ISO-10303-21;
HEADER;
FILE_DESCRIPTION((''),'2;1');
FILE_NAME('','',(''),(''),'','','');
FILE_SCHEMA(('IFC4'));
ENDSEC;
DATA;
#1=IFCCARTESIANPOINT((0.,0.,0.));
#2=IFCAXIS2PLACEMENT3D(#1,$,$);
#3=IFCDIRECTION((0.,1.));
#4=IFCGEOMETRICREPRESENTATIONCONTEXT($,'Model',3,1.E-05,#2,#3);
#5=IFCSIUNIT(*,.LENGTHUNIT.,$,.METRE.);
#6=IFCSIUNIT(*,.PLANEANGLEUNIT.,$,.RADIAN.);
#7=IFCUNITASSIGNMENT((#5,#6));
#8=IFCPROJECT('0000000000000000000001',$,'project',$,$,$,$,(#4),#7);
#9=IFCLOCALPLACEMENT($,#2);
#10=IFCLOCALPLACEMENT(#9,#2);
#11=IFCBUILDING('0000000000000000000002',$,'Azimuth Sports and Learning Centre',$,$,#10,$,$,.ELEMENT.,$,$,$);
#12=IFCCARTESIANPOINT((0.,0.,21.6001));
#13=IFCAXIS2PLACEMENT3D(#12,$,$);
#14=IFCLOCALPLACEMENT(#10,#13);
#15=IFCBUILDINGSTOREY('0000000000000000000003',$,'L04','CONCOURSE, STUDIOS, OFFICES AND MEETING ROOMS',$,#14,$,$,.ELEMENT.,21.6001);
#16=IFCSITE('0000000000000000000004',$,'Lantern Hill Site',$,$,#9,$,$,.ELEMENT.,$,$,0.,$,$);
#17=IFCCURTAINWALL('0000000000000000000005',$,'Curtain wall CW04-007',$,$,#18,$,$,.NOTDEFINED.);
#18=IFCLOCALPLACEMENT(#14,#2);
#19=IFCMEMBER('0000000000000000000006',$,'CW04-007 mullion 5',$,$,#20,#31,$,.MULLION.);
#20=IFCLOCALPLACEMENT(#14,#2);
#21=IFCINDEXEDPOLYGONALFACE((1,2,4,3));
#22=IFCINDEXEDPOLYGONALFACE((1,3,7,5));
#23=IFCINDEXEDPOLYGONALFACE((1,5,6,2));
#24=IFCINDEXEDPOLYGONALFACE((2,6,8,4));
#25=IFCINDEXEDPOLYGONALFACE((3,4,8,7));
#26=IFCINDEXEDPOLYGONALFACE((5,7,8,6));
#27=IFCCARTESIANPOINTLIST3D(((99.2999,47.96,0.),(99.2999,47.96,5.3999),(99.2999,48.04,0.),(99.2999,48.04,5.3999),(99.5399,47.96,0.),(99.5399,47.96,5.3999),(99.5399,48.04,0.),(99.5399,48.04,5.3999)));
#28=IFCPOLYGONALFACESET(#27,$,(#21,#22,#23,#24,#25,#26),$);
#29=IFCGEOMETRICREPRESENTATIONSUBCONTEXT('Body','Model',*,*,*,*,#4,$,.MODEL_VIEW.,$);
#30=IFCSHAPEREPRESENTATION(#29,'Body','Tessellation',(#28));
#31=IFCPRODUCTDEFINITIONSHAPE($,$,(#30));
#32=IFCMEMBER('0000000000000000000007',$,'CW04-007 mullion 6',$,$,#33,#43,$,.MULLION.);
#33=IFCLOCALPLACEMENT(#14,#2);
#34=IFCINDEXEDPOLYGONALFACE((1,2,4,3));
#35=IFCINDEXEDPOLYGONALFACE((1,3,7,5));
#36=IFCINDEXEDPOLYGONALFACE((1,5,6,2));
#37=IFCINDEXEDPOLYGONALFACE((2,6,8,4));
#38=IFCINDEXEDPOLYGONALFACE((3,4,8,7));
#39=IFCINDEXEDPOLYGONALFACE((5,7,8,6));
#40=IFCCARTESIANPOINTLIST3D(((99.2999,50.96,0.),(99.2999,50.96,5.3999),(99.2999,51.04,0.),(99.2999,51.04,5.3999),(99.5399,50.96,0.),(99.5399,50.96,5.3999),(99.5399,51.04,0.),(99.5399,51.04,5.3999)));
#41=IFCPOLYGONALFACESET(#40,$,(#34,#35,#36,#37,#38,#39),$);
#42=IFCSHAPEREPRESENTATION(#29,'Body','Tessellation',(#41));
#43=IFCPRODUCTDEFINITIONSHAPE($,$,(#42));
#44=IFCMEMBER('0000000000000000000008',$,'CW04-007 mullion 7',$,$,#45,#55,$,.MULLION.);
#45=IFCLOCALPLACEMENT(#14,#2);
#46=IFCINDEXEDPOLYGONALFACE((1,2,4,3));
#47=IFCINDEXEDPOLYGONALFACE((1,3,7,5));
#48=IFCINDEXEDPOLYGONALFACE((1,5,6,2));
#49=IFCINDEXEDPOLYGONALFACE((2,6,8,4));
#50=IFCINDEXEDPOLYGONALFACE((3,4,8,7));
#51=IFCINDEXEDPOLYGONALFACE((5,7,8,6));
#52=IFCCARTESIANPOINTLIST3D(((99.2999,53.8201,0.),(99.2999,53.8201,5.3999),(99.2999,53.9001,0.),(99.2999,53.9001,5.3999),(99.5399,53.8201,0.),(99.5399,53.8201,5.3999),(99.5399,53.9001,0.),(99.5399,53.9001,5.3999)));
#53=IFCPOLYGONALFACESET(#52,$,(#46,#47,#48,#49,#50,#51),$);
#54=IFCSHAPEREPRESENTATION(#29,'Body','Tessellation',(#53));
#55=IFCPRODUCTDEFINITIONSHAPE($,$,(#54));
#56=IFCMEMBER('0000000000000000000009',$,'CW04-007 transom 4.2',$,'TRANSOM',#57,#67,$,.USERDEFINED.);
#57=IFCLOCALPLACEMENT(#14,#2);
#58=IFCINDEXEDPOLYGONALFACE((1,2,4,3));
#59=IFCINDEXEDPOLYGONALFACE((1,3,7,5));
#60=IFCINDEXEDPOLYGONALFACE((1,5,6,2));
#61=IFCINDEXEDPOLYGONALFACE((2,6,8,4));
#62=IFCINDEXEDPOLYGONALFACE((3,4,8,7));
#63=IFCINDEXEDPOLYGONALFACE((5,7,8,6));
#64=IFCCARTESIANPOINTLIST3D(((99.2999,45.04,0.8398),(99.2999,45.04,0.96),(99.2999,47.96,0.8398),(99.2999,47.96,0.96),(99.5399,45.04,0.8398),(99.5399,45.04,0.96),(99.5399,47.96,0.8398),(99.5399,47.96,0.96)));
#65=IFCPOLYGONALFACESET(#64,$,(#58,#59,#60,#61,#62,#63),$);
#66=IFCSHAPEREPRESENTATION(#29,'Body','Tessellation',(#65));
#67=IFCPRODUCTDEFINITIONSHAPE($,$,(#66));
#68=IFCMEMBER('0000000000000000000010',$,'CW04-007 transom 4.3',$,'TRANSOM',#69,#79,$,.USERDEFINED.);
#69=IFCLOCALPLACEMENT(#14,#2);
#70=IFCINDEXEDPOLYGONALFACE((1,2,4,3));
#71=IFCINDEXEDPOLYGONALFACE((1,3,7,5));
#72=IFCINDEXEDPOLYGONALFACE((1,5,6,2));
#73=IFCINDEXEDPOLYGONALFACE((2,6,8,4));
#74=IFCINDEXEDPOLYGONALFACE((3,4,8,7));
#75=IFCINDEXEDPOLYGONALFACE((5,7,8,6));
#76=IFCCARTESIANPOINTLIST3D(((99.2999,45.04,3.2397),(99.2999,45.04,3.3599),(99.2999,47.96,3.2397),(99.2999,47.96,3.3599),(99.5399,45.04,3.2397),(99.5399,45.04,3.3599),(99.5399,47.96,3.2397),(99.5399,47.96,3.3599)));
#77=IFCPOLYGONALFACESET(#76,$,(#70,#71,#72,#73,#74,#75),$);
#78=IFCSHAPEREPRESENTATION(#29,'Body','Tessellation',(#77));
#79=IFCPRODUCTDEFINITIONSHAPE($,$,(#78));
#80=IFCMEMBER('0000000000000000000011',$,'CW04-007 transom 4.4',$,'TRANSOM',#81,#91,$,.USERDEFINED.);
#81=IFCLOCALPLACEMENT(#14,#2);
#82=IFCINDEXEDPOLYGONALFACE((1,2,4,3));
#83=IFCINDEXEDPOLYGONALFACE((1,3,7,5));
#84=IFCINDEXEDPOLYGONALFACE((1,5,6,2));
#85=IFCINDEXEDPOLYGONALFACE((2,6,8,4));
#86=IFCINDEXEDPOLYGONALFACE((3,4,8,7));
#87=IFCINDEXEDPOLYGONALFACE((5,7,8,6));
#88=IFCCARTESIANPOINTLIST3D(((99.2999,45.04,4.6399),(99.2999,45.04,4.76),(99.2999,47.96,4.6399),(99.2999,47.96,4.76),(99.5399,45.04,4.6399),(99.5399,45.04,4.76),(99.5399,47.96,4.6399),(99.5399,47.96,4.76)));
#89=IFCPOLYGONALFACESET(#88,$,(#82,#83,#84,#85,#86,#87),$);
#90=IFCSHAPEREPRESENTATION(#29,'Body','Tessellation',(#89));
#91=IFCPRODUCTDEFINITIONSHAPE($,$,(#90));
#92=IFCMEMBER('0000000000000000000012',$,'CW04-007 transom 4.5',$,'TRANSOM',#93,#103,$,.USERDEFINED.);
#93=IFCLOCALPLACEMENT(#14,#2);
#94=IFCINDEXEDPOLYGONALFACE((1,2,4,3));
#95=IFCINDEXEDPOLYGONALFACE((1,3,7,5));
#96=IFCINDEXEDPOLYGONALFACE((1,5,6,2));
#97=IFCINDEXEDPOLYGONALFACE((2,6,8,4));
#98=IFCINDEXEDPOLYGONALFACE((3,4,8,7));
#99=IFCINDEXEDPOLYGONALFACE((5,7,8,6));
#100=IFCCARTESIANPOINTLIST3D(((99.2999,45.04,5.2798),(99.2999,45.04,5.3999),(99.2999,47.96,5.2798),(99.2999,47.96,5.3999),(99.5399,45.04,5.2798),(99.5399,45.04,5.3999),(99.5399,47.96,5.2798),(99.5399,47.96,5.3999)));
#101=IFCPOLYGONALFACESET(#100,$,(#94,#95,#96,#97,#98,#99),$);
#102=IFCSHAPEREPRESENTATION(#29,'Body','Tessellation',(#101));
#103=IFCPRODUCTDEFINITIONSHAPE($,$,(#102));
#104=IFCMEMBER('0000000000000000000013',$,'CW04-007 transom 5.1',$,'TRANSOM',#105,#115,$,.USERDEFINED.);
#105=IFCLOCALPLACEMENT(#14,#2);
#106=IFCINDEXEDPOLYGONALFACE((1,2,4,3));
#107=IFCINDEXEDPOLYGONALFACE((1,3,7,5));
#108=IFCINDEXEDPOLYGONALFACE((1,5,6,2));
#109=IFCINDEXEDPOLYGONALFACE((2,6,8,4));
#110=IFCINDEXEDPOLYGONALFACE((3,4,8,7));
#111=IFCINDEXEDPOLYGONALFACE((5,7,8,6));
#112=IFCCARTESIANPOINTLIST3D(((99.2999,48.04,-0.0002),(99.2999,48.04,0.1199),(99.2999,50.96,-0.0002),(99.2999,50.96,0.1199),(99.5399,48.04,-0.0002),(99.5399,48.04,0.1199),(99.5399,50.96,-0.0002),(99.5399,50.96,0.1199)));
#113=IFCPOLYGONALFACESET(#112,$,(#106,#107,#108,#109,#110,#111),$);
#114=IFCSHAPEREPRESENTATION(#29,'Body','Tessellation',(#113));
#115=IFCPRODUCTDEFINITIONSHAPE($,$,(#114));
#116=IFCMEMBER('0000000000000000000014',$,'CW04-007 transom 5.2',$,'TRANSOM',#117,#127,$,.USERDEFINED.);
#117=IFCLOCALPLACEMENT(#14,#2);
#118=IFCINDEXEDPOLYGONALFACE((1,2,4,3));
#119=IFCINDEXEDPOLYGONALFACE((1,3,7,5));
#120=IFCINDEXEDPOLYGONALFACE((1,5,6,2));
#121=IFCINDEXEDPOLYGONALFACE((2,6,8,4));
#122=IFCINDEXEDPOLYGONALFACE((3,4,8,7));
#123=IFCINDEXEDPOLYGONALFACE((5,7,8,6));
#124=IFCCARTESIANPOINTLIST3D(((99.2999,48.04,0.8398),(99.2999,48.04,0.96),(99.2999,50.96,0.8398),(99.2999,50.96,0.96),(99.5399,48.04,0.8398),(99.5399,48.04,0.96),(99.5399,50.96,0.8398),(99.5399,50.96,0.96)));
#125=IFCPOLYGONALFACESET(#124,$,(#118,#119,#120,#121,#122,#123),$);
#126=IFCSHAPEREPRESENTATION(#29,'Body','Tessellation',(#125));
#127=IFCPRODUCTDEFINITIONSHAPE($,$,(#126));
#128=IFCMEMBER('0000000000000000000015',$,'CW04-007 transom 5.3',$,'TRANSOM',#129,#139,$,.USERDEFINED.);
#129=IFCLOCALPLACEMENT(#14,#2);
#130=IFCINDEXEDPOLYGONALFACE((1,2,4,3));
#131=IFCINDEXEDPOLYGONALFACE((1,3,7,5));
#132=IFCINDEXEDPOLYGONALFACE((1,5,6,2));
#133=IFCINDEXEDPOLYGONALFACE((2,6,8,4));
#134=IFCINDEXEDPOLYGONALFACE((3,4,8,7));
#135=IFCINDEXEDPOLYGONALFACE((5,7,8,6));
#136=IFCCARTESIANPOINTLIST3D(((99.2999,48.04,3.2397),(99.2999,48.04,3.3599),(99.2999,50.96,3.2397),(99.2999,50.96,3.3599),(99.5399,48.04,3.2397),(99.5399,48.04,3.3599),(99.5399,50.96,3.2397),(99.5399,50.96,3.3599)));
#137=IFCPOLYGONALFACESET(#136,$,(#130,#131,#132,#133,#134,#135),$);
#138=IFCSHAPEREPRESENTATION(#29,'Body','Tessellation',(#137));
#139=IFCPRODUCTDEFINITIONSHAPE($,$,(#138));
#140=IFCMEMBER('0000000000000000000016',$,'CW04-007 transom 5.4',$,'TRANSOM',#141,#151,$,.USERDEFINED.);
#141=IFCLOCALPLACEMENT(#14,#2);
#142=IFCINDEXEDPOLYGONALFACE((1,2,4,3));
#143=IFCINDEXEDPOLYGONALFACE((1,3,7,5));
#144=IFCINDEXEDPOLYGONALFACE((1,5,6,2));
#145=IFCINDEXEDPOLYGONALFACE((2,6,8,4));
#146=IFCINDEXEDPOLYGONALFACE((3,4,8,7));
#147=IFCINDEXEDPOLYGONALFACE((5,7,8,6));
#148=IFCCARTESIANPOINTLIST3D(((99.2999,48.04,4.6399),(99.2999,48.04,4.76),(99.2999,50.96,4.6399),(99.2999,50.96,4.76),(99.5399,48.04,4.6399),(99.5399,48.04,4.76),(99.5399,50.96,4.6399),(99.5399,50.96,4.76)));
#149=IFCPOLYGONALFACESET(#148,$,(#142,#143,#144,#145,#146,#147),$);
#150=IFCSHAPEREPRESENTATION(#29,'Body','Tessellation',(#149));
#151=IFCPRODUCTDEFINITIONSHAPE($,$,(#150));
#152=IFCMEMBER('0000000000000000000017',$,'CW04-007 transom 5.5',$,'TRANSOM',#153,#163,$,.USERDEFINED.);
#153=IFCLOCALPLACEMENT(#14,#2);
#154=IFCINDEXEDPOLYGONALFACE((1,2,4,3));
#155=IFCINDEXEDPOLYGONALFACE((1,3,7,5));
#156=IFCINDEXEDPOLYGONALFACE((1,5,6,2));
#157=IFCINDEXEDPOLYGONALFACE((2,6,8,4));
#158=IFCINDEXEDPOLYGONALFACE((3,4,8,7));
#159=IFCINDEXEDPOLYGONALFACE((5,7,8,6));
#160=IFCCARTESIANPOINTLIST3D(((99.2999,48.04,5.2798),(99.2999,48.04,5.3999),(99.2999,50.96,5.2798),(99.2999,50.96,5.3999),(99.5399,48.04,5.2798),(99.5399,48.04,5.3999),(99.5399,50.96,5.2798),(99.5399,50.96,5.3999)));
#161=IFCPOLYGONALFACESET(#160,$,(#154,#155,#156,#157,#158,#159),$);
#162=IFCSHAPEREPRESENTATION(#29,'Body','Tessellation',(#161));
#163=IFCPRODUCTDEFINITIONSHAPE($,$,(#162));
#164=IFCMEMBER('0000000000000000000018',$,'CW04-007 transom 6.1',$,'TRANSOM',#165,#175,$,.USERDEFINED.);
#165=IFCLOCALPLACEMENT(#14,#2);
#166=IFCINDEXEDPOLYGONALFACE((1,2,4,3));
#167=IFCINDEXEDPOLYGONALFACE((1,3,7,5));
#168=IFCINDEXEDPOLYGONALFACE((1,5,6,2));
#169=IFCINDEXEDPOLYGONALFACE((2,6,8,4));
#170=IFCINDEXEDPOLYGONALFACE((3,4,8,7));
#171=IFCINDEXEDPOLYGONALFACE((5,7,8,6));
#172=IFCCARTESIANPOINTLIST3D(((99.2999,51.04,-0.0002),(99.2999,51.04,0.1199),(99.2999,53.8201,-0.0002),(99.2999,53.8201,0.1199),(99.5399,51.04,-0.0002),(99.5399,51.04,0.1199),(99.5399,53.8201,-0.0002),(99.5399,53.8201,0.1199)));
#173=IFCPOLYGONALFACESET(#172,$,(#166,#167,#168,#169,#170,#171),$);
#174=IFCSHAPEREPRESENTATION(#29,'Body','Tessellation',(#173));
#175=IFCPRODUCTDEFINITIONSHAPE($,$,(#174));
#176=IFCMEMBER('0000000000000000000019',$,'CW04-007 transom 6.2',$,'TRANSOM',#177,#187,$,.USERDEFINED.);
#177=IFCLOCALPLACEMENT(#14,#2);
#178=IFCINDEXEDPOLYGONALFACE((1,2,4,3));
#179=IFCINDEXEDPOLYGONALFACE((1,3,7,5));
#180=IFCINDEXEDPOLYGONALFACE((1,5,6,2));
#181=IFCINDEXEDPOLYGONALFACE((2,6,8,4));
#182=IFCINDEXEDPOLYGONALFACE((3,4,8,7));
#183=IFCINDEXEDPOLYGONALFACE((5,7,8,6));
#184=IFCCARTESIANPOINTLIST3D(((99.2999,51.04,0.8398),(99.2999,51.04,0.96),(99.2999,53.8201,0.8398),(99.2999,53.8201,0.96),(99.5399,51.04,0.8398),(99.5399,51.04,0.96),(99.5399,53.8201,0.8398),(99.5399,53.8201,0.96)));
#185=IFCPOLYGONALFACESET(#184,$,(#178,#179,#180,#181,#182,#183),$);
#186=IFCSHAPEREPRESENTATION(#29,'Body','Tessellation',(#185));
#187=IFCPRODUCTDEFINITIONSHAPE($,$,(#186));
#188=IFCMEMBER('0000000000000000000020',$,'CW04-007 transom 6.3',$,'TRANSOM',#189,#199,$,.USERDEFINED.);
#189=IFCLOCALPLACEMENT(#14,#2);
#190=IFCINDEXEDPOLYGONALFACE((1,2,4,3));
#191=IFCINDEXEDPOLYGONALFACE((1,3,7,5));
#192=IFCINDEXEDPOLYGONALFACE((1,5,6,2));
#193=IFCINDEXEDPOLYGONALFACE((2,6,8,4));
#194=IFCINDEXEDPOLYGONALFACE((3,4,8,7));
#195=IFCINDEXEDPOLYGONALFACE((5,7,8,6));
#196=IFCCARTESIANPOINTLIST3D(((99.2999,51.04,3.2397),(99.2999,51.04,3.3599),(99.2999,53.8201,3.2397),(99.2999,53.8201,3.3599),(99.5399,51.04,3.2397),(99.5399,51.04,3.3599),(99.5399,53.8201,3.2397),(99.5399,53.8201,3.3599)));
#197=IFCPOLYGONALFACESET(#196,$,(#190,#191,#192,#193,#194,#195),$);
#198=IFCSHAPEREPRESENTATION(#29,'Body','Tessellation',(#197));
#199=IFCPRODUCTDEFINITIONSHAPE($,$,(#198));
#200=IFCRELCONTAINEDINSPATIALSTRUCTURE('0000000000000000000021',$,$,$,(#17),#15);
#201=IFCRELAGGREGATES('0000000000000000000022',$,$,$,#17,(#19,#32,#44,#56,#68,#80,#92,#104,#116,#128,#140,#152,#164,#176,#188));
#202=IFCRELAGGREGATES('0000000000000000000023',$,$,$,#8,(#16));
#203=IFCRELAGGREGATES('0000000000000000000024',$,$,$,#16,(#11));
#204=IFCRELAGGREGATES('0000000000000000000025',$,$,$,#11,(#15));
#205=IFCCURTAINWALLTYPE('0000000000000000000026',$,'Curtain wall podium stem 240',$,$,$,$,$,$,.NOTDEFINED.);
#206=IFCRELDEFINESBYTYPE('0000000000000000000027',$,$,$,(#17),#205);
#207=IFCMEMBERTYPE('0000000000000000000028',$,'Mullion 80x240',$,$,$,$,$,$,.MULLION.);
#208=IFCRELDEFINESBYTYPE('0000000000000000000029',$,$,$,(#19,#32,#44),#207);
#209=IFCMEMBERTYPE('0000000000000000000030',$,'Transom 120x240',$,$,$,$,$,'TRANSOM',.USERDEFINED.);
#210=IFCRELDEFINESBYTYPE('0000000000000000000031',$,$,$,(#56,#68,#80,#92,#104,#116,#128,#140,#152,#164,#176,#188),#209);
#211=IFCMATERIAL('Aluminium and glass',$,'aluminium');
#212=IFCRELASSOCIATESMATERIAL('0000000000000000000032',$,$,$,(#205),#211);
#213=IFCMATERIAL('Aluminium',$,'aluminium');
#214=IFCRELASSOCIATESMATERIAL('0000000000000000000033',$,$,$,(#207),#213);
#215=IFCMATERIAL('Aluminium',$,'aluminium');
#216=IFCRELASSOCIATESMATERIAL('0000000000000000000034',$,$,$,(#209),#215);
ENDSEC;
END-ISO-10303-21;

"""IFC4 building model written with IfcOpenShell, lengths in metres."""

from ifc_helpers import new_model, si_unit, direction, frame, origin, origin_2d, place, context, subcontext, project, spatial, rectangle, extrude, material, material_profile, profile_set, type_object, element, aggregate, save


model = new_model("IFC4")

# Units and contexts
model_context = context("Model", 3, precision=1e-05, world=origin(), true_north=direction((0.0, 1.0)))
body_context = subcontext(model_context, "Body", "Model", "MODEL_VIEW")
ifc_project = project(units=[si_unit("LENGTHUNIT", "METRE"), si_unit("PLANEANGLEUNIT", "RADIAN")], contexts=[model_context])

# Site, building, storey
site_placement = place(None, origin())
site = spatial("IfcSite", under=ifc_project, at=site_placement, Name="Lantern Hill Site", CompositionType="ELEMENT", RefElevation=0.0)
building_placement = place(site_placement, origin())
building = spatial("IfcBuilding", under=site, at=building_placement, Name="Azimuth Sports and Learning Centre", CompositionType="ELEMENT")
storey_placement = place(building_placement, frame((0.0, 0.0, 21.6001)))
storey = spatial("IfcBuildingStorey", under=building, at=storey_placement, Name="L04", Description="CONCOURSE, STUDIOS, OFFICES AND MEETING ROOMS", CompositionType="ELEMENT", Elevation=21.6001)

# Curtain wall, members
ifc_material_1 = material(Name="Aluminium and glass", Category="aluminium")
curtain_wall_type = type_object("IfcCurtainWallType", Name="Curtain wall podium stem 240", PredefinedType="NOTDEFINED", material=ifc_material_1)
curtain_wall_placement = place(storey_placement, origin())
curtain_wall = element("IfcCurtainWall", 1, at=curtain_wall_placement, inside=storey, type_object=curtain_wall_type, Name="Curtain wall CW04-007", PredefinedType="NOTDEFINED")
ifc_material_2 = material(Name="Aluminium", Category="aluminium")
ifc_material_profile_1 = material_profile(ifc_material_2, rectangle(XDim=0.24, YDim=0.0801, at=origin_2d()), Name="Mullion 80x240")
ifc_profile_set_1 = profile_set([ifc_material_profile_1], Name="Aluminium")
member_type_1 = type_object("IfcMemberType", Name="Mullion 80x240", PredefinedType="MULLION", material=ifc_profile_set_1)
member_1_placement = place(storey_placement, frame((99.4199, 48.0, 0.0), z_axis=(0.0, 0.0, 1.0), x_axis=(-1.0, 0.0, 0.0)))
member_1 = element("IfcMember", 2, at=member_1_placement, type_object=member_type_1, Name="CW04-007 mullion 5", PredefinedType="MULLION", context=body_context, shape_type="SweptSolid", body=[
    extrude(rectangle(XDim=0.24, YDim=0.0801, at=origin_2d()), origin(), (0.0, 0.0, 1.0), 5.3999),
])
member_2_placement = place(storey_placement, frame((99.4199, 51.0, 0.0), z_axis=(0.0, 0.0, 1.0), x_axis=(-1.0, 0.0, 0.0)))
member_2 = element("IfcMember", 3, at=member_2_placement, type_object=member_type_1, Name="CW04-007 mullion 6", PredefinedType="MULLION", context=body_context, shape_type="SweptSolid", body=[
    extrude(rectangle(XDim=0.24, YDim=0.0801, at=origin_2d()), origin(), (0.0, 0.0, 1.0), 5.3999),
])
member_3_placement = place(storey_placement, frame((99.4199, 53.8601, 0.0), z_axis=(0.0, 0.0, 1.0), x_axis=(-1.0, 0.0, 0.0)))
member_3 = element("IfcMember", 4, at=member_3_placement, type_object=member_type_1, Name="CW04-007 mullion 7", PredefinedType="MULLION", context=body_context, shape_type="SweptSolid", body=[
    extrude(rectangle(XDim=0.24, YDim=0.0801, at=origin_2d()), origin(), (0.0, 0.0, 1.0), 5.3999),
])
ifc_material_3 = material(Name="Aluminium", Category="aluminium")
ifc_material_profile_2 = material_profile(ifc_material_3, rectangle(XDim=0.24, YDim=0.1201, at=origin_2d()), Name="Transom 120x240")
ifc_profile_set_2 = profile_set([ifc_material_profile_2], Name="Aluminium")
member_type_2 = type_object("IfcMemberType", Name="Transom 120x240", ElementType="TRANSOM", PredefinedType="USERDEFINED", material=ifc_profile_set_2)
member_4_placement = place(storey_placement, frame((99.4199, 45.04, 0.8999), z_axis=(0.0, 1.0, 0.0), x_axis=(-1.0, 0.0, 0.0)))
member_4 = element("IfcMember", 5, at=member_4_placement, type_object=member_type_2, Name="CW04-007 transom 4.2", ObjectType="TRANSOM", PredefinedType="USERDEFINED", context=body_context, shape_type="SweptSolid", body=[
    extrude(rectangle(XDim=0.24, YDim=0.1201, at=origin_2d()), origin(), (0.0, 0.0, 1.0), 2.9199),
])
member_5_placement = place(storey_placement, frame((99.4199, 45.04, 3.2998), z_axis=(0.0, 1.0, 0.0), x_axis=(-1.0, 0.0, 0.0)))
member_5 = element("IfcMember", 6, at=member_5_placement, type_object=member_type_2, Name="CW04-007 transom 4.3", ObjectType="TRANSOM", PredefinedType="USERDEFINED", context=body_context, shape_type="SweptSolid", body=[
    extrude(rectangle(XDim=0.24, YDim=0.1201, at=origin_2d()), origin(), (0.0, 0.0, 1.0), 2.9199),
])
member_6_placement = place(storey_placement, frame((99.4199, 45.04, 4.7), z_axis=(0.0, 1.0, 0.0), x_axis=(-1.0, 0.0, 0.0)))
member_6 = element("IfcMember", 7, at=member_6_placement, type_object=member_type_2, Name="CW04-007 transom 4.4", ObjectType="TRANSOM", PredefinedType="USERDEFINED", context=body_context, shape_type="SweptSolid", body=[
    extrude(rectangle(XDim=0.24, YDim=0.1201, at=origin_2d()), origin(), (0.0, 0.0, 1.0), 2.9199),
])
member_7_placement = place(storey_placement, frame((99.4199, 45.04, 5.3398), z_axis=(0.0, 1.0, 0.0), x_axis=(-1.0, 0.0, 0.0)))
member_7 = element("IfcMember", 8, at=member_7_placement, type_object=member_type_2, Name="CW04-007 transom 4.5", ObjectType="TRANSOM", PredefinedType="USERDEFINED", context=body_context, shape_type="SweptSolid", body=[
    extrude(rectangle(XDim=0.24, YDim=0.1201, at=origin_2d()), origin(), (0.0, 0.0, 1.0), 2.9199),
])
member_8_placement = place(storey_placement, frame((99.4199, 48.04, 0.0598), z_axis=(0.0, 1.0, 0.0), x_axis=(-1.0, 0.0, 0.0)))
member_8 = element("IfcMember", 9, at=member_8_placement, type_object=member_type_2, Name="CW04-007 transom 5.1", ObjectType="TRANSOM", PredefinedType="USERDEFINED", context=body_context, shape_type="SweptSolid", body=[
    extrude(rectangle(XDim=0.24, YDim=0.1201, at=origin_2d()), origin(), (0.0, 0.0, 1.0), 2.9199),
])
member_9_placement = place(storey_placement, frame((99.4199, 48.04, 0.8999), z_axis=(0.0, 1.0, 0.0), x_axis=(-1.0, 0.0, 0.0)))
member_9 = element("IfcMember", 10, at=member_9_placement, type_object=member_type_2, Name="CW04-007 transom 5.2", ObjectType="TRANSOM", PredefinedType="USERDEFINED", context=body_context, shape_type="SweptSolid", body=[
    extrude(rectangle(XDim=0.24, YDim=0.1201, at=origin_2d()), origin(), (0.0, 0.0, 1.0), 2.9199),
])
member_10_placement = place(storey_placement, frame((99.4199, 48.04, 3.2998), z_axis=(0.0, 1.0, 0.0), x_axis=(-1.0, 0.0, 0.0)))
member_10 = element("IfcMember", 11, at=member_10_placement, type_object=member_type_2, Name="CW04-007 transom 5.3", ObjectType="TRANSOM", PredefinedType="USERDEFINED", context=body_context, shape_type="SweptSolid", body=[
    extrude(rectangle(XDim=0.24, YDim=0.1201, at=origin_2d()), origin(), (0.0, 0.0, 1.0), 2.9199),
])
member_11_placement = place(storey_placement, frame((99.4199, 48.04, 4.7), z_axis=(0.0, 1.0, 0.0), x_axis=(-1.0, 0.0, 0.0)))
member_11 = element("IfcMember", 12, at=member_11_placement, type_object=member_type_2, Name="CW04-007 transom 5.4", ObjectType="TRANSOM", PredefinedType="USERDEFINED", context=body_context, shape_type="SweptSolid", body=[
    extrude(rectangle(XDim=0.24, YDim=0.1201, at=origin_2d()), origin(), (0.0, 0.0, 1.0), 2.9199),
])
member_12_placement = place(storey_placement, frame((99.4199, 48.04, 5.3398), z_axis=(0.0, 1.0, 0.0), x_axis=(-1.0, 0.0, 0.0)))
member_12 = element("IfcMember", 13, at=member_12_placement, type_object=member_type_2, Name="CW04-007 transom 5.5", ObjectType="TRANSOM", PredefinedType="USERDEFINED", context=body_context, shape_type="SweptSolid", body=[
    extrude(rectangle(XDim=0.24, YDim=0.1201, at=origin_2d()), origin(), (0.0, 0.0, 1.0), 2.9199),
])
member_13_placement = place(storey_placement, frame((99.4199, 51.04, 0.0598), z_axis=(0.0, 1.0, 0.0), x_axis=(-1.0, 0.0, 0.0)))
member_13 = element("IfcMember", 14, at=member_13_placement, type_object=member_type_2, Name="CW04-007 transom 6.1", ObjectType="TRANSOM", PredefinedType="USERDEFINED", context=body_context, shape_type="SweptSolid", body=[
    extrude(rectangle(XDim=0.24, YDim=0.1201, at=origin_2d()), origin(), (0.0, 0.0, 1.0), 2.78),
])
member_14_placement = place(storey_placement, frame((99.4199, 51.04, 0.8999), z_axis=(0.0, 1.0, 0.0), x_axis=(-1.0, 0.0, 0.0)))
member_14 = element("IfcMember", 15, at=member_14_placement, type_object=member_type_2, Name="CW04-007 transom 6.2", ObjectType="TRANSOM", PredefinedType="USERDEFINED", context=body_context, shape_type="SweptSolid", body=[
    extrude(rectangle(XDim=0.24, YDim=0.1201, at=origin_2d()), origin(), (0.0, 0.0, 1.0), 2.78),
])
member_15_placement = place(storey_placement, frame((99.4199, 51.04, 3.2998), z_axis=(0.0, 1.0, 0.0), x_axis=(-1.0, 0.0, 0.0)))
member_15 = element("IfcMember", 16, at=member_15_placement, type_object=member_type_2, Name="CW04-007 transom 6.3", ObjectType="TRANSOM", PredefinedType="USERDEFINED", context=body_context, shape_type="SweptSolid", body=[
    extrude(rectangle(XDim=0.24, YDim=0.1201, at=origin_2d()), origin(), (0.0, 0.0, 1.0), 2.78),
])
aggregate(curtain_wall, [member_1, member_2, member_3, member_4, member_5, member_6, member_7, member_8, member_9, member_10, member_11, member_12, member_13, member_14, member_15])

save(model, "model.ifc")
